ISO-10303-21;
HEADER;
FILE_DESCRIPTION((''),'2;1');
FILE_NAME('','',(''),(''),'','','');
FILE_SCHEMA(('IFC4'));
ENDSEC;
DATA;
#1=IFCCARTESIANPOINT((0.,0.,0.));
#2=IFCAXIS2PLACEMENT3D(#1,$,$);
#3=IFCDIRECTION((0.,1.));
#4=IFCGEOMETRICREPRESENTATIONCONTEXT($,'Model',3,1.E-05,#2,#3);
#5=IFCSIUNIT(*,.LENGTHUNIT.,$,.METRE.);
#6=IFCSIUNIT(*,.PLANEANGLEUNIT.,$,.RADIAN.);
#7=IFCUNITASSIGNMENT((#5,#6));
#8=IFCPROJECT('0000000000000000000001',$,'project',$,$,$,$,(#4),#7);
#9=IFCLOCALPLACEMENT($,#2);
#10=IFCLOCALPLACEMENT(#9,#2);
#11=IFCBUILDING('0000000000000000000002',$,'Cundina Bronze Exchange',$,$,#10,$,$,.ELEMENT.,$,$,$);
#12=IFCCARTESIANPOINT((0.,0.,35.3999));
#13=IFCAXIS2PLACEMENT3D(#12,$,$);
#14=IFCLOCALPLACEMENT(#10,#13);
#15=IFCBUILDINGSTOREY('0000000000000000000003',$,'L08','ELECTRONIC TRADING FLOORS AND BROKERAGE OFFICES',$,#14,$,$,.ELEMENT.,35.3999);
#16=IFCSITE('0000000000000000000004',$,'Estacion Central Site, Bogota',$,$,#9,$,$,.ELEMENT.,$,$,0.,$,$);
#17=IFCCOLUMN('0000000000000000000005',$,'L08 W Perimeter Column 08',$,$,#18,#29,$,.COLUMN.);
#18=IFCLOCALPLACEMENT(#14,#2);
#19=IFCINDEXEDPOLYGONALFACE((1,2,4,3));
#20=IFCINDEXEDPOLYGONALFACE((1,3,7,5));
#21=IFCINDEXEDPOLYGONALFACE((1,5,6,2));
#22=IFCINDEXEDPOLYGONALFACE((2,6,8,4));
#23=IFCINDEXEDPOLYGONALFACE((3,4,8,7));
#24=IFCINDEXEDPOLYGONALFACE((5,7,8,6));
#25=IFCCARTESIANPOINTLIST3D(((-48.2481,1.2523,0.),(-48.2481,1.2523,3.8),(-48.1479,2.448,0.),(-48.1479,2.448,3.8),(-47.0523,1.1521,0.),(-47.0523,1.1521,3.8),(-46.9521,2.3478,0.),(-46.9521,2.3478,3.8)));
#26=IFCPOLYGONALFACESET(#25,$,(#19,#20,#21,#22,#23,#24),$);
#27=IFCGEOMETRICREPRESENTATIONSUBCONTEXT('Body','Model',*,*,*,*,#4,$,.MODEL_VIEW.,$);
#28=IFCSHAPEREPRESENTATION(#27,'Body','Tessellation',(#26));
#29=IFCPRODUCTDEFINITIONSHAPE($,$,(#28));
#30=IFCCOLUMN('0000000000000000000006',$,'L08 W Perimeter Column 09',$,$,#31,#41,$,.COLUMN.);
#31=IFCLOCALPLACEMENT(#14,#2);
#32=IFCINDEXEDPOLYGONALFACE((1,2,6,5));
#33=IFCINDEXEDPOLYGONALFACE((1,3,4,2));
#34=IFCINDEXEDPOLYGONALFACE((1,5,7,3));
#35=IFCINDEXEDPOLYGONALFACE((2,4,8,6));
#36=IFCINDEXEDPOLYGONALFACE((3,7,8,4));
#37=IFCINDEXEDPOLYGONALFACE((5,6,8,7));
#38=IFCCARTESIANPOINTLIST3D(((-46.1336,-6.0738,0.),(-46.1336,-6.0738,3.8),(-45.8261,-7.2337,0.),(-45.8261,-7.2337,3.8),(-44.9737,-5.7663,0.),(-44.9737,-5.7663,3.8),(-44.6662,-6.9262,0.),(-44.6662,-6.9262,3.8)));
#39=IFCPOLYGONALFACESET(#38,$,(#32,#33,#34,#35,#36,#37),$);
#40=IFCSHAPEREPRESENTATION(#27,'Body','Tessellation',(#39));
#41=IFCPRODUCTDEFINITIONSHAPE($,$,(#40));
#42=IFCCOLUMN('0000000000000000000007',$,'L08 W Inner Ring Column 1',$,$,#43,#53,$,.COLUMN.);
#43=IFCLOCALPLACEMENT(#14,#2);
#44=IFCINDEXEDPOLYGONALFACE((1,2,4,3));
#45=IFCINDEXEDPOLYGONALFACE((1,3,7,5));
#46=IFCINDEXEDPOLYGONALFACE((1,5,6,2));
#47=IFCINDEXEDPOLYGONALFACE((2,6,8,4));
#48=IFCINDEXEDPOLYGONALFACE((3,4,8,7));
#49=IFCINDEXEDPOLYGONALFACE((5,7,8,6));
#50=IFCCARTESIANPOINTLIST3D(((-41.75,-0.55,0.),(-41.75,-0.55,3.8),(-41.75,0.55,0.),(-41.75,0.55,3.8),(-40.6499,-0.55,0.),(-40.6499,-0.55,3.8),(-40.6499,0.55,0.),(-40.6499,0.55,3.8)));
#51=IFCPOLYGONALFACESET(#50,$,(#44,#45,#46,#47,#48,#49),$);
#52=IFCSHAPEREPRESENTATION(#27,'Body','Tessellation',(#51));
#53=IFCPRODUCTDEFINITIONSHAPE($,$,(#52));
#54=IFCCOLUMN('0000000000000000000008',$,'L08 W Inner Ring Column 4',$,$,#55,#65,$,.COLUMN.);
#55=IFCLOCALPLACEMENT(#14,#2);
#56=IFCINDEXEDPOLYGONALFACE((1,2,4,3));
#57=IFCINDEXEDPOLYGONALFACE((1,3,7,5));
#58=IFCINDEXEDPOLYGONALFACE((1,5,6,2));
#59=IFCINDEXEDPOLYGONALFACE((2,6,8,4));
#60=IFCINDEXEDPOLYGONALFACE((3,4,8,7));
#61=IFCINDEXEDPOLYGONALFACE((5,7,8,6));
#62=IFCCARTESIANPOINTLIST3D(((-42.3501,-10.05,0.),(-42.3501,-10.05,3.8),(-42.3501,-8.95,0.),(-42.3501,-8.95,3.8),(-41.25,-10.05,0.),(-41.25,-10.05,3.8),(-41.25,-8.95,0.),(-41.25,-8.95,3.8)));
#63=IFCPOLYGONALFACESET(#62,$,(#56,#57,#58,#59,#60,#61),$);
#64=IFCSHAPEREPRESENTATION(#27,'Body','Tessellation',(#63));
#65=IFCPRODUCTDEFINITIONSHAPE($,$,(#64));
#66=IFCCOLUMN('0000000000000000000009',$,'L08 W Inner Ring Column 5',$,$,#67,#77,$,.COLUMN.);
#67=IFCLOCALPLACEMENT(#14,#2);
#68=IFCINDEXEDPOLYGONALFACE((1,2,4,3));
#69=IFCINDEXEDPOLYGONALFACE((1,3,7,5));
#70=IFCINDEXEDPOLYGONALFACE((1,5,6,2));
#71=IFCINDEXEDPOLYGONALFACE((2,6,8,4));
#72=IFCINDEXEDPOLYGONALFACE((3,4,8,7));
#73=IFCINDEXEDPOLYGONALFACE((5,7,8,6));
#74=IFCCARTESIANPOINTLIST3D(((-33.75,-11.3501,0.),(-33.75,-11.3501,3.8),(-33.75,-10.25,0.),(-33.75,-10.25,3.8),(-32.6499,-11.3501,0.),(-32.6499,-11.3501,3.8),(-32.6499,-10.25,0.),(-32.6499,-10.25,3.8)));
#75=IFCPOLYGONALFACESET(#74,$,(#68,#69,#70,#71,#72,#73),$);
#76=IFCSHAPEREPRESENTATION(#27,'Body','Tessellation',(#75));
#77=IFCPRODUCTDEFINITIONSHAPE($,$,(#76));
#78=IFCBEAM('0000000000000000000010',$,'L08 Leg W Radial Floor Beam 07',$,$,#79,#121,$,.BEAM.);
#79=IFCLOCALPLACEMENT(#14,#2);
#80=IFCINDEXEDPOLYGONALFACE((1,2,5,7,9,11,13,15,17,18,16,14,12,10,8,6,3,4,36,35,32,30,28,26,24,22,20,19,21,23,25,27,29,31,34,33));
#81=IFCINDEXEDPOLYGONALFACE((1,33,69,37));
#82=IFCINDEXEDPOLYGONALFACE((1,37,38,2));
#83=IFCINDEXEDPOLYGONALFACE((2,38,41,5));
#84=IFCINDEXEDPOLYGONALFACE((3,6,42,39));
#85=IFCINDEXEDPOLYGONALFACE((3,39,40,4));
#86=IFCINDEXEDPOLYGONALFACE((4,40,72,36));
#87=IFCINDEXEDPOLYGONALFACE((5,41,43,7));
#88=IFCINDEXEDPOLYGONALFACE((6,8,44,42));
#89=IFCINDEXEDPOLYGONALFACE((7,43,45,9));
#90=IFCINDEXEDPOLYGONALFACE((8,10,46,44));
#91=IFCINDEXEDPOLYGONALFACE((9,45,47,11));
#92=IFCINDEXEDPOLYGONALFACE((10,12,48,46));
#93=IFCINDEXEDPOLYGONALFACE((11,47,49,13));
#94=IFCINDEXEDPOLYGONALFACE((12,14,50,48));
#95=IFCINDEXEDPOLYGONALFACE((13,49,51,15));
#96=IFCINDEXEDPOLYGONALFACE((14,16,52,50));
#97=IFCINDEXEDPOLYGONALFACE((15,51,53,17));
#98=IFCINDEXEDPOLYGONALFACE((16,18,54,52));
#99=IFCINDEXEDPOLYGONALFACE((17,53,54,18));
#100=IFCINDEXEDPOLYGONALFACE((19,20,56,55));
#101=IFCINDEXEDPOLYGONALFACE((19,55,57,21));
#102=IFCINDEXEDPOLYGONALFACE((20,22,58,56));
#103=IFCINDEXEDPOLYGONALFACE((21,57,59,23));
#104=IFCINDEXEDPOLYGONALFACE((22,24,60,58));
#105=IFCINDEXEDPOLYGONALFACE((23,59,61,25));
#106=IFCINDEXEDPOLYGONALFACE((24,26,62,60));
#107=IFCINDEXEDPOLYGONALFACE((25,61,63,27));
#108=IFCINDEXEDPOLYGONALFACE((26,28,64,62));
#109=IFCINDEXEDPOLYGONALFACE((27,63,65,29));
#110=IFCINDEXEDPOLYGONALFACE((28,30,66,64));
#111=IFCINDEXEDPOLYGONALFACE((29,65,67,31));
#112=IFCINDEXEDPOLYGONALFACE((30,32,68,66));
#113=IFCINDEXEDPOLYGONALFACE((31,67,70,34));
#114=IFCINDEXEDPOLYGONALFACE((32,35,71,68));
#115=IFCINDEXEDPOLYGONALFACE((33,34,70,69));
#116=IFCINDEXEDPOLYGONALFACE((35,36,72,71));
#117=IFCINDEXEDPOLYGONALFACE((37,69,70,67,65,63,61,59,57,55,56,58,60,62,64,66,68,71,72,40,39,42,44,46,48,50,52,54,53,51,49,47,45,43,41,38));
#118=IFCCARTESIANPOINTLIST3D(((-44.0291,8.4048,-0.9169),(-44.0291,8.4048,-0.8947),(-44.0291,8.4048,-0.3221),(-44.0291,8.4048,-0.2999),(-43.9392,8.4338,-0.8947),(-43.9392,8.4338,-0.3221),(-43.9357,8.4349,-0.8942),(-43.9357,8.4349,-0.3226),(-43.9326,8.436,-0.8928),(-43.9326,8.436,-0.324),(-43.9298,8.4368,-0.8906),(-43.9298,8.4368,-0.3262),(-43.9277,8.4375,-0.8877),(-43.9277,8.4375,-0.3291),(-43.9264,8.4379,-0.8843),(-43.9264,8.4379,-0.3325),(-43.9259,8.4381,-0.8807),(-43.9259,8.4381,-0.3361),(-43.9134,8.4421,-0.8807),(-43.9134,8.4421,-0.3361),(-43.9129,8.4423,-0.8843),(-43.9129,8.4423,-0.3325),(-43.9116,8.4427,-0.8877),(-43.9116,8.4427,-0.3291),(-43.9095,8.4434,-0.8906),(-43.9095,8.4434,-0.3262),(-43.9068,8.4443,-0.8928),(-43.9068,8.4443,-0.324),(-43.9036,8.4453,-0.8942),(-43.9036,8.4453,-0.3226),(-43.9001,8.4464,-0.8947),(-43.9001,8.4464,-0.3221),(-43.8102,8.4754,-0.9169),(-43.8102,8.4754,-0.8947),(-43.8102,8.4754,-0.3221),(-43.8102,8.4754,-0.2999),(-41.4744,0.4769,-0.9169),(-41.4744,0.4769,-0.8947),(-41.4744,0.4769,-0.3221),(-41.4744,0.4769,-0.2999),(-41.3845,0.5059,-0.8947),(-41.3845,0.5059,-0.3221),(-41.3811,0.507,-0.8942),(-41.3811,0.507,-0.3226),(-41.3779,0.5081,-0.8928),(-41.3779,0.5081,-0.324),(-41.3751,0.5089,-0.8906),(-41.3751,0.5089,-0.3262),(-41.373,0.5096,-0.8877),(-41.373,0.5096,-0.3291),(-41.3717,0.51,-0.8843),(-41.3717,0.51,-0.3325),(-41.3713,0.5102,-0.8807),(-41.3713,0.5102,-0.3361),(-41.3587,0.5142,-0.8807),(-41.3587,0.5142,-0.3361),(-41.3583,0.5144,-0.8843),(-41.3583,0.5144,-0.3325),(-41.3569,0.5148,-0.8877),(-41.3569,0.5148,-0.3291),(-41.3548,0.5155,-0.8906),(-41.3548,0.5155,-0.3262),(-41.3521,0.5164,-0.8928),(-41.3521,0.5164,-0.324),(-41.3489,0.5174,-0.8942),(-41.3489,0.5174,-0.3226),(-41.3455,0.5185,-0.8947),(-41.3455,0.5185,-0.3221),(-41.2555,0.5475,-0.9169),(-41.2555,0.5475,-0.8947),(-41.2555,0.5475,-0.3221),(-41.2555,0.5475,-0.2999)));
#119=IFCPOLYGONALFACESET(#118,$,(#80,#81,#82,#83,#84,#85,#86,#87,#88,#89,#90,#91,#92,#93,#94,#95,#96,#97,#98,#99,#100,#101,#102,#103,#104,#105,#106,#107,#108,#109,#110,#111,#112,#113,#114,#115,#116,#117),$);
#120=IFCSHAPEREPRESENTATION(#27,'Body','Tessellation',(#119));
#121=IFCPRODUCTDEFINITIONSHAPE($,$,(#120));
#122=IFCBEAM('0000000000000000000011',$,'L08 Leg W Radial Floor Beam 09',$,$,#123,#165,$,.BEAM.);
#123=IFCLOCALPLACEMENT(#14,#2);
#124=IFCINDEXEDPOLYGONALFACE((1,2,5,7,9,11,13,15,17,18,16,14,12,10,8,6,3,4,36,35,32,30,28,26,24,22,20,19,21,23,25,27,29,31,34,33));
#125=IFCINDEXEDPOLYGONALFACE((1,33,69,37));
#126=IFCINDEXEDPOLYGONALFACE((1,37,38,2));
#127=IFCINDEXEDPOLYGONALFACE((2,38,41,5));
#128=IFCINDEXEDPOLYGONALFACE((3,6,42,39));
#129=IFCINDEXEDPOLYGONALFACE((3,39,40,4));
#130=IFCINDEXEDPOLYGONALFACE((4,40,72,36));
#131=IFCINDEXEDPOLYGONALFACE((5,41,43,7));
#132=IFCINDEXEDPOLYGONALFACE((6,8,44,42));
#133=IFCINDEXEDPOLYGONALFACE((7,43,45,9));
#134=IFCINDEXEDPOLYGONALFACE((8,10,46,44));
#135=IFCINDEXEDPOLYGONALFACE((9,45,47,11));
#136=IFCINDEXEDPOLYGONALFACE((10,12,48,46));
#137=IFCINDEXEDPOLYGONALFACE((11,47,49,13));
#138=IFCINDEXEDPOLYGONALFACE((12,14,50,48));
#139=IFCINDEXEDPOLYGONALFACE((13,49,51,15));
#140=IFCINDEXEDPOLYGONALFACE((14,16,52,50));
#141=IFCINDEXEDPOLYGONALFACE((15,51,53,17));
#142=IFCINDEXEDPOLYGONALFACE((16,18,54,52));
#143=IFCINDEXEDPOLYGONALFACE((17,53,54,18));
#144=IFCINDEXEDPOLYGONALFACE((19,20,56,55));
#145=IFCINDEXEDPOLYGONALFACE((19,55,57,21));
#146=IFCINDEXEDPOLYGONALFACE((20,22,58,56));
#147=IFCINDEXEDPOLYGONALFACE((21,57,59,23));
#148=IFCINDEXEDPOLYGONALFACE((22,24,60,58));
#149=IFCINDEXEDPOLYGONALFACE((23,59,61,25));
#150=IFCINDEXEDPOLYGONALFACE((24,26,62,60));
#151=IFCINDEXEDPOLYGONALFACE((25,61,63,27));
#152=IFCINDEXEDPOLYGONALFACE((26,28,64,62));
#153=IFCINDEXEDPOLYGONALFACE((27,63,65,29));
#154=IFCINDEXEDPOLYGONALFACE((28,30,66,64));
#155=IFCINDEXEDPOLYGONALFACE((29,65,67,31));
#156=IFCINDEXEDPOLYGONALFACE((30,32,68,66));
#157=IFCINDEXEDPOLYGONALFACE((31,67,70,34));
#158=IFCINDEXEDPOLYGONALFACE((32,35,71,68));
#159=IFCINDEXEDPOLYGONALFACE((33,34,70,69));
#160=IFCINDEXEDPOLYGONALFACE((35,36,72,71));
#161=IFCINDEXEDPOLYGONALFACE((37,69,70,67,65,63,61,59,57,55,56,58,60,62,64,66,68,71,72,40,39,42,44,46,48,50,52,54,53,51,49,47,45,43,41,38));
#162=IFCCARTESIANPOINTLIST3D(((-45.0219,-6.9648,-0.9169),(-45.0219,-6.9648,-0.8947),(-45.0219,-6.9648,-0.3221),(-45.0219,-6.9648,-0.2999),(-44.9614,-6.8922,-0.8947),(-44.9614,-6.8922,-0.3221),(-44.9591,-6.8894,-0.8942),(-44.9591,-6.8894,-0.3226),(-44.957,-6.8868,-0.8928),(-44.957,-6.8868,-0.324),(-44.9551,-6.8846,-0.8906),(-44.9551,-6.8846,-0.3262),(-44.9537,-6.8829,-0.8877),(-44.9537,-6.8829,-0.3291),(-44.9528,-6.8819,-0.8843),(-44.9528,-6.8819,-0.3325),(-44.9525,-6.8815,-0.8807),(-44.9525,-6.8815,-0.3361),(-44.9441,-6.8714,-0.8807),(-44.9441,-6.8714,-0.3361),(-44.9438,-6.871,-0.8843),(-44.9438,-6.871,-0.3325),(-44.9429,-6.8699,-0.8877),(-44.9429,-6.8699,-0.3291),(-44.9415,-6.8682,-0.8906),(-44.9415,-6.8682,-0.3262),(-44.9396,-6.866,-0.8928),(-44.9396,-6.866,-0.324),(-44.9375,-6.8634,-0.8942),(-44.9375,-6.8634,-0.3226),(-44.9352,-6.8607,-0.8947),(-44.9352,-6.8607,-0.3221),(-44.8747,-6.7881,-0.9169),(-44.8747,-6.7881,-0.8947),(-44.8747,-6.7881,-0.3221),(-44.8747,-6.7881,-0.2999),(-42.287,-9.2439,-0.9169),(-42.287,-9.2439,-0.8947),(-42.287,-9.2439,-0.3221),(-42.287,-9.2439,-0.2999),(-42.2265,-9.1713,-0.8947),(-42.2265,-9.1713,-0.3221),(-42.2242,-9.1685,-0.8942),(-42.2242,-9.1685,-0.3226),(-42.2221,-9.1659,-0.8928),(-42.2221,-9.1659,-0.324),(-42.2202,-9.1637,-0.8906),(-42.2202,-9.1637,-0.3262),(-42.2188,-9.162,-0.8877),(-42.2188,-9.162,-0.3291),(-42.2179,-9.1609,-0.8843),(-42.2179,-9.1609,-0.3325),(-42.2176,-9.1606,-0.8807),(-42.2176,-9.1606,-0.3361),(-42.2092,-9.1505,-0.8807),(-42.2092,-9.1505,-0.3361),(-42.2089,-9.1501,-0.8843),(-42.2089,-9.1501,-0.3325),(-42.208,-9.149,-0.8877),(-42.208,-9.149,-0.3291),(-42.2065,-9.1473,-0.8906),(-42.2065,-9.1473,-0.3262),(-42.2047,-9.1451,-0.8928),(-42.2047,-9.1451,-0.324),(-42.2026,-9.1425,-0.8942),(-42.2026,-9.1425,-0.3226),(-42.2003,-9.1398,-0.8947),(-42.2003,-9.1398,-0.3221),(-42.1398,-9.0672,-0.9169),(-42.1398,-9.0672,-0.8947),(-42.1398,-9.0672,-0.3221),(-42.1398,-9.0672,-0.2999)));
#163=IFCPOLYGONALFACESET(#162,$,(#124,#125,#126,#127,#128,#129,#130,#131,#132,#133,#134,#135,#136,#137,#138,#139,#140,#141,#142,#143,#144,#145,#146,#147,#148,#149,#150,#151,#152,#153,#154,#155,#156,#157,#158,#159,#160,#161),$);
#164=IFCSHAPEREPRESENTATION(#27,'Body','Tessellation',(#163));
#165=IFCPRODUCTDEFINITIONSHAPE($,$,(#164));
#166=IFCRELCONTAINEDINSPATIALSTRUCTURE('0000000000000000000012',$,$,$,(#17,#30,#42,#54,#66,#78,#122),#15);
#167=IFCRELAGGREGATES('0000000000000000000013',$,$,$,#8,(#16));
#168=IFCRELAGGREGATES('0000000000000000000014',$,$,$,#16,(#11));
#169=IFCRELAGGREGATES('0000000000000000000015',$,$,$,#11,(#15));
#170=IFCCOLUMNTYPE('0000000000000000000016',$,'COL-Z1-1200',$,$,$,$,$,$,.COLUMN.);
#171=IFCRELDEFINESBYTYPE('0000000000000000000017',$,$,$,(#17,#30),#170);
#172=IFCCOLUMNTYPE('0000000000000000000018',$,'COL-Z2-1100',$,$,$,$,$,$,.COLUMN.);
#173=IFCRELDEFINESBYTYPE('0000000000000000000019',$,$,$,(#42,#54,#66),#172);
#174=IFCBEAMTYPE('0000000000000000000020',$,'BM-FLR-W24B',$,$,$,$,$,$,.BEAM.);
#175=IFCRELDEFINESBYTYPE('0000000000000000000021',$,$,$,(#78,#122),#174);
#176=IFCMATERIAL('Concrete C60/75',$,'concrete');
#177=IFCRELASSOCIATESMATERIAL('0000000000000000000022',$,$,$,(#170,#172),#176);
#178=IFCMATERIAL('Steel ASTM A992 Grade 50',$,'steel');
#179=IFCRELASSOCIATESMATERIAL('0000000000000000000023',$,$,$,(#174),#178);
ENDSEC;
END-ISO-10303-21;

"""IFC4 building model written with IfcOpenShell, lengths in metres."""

from ifc_helpers import new_model, si_unit, direction, frame, origin, origin_2d, place, context, subcontext, project, spatial, rectangle, i_section, extrude, material, material_profile, profile_set, type_object, element, save


model = new_model("IFC4")

# Units and contexts
model_context = context("Model", 3, precision=1e-05, world=origin(), true_north=direction((0.0, 1.0)))
body_context = subcontext(model_context, "Body", "Model", "MODEL_VIEW")
ifc_project = project(units=[si_unit("LENGTHUNIT", "METRE"), si_unit("PLANEANGLEUNIT", "RADIAN")], contexts=[model_context])

# Site, building, storey
site_placement = place(None, origin())
site = spatial("IfcSite", under=ifc_project, at=site_placement, Name="Estacion Central Site, Bogota", CompositionType="ELEMENT", RefElevation=0.0)
building_placement = place(site_placement, origin())
building = spatial("IfcBuilding", under=site, at=building_placement, Name="Cundina Bronze Exchange", CompositionType="ELEMENT")
storey_placement = place(building_placement, frame((0.0, 0.0, 35.3999)))
storey = spatial("IfcBuildingStorey", under=building, at=storey_placement, Name="L08", Description="ELECTRONIC TRADING FLOORS AND BROKERAGE OFFICES", CompositionType="ELEMENT", Elevation=35.3999)

# Columns
ifc_material_1 = material(Name="Concrete C60/75", Category="concrete")
ifc_material_profile_1 = material_profile(ifc_material_1, rectangle(XDim=1.2, YDim=1.2, at=origin_2d()), Name="RC1200X1200", Category="concrete")
ifc_profile_set_1 = profile_set([ifc_material_profile_1], Name="Concrete C60/75")
column_type_1 = type_object("IfcColumnType", Name="COL-Z1-1200", PredefinedType="COLUMN", material=ifc_profile_set_1)
for number, where, z_axis, x_axis, name in (
    (1, (-47.6001, 1.8, 0.0), (0.0, 0.0, 1.0), (-0.083504, -0.996507, 0.0), "L08 W Perimeter Column 08"),
    (2, (-45.3999, -6.5, 0.0), (0.0, 0.0, 1.0), (0.256289, -0.9666, 0.0), "L08 W Perimeter Column 09"),
):
    element("IfcColumn", number, at=place(storey_placement, frame(where, z_axis=z_axis, x_axis=x_axis)), inside=storey, type_object=column_type_1, Name=name, PredefinedType="COLUMN", context=body_context, shape_type="SweptSolid", body=[
        extrude(rectangle(XDim=1.2, YDim=1.2, at=origin_2d()), origin(), (0.0, 0.0, 1.0), 3.8),
    ])
ifc_material_profile_2 = material_profile(ifc_material_1, rectangle(XDim=1.1001, YDim=1.1001, at=origin_2d()), Name="RC1100X1100", Category="concrete")
ifc_profile_set_2 = profile_set([ifc_material_profile_2], Name="Concrete C60/75")
column_type_2 = type_object("IfcColumnType", Name="COL-Z2-1100", PredefinedType="COLUMN", material=ifc_profile_set_2)
for number, where, z_axis, x_axis, name in (
    (3, (-41.2, 0.0, 0.0), (0.0, 0.0, 1.0), (1.0, 0.0, 0.0), "L08 W Inner Ring Column 1"),
    (4, (-41.8, -9.5, 0.0), (0.0, 0.0, 1.0), (1.0, 0.0, 0.0), "L08 W Inner Ring Column 4"),
    (5, (-33.2, -10.8, 0.0), (0.0, 0.0, 1.0), (1.0, 0.0, 0.0), "L08 W Inner Ring Column 5"),
):
    element("IfcColumn", number, at=place(storey_placement, frame(where, z_axis=z_axis, x_axis=x_axis)), inside=storey, type_object=column_type_2, Name=name, PredefinedType="COLUMN", context=body_context, shape_type="SweptSolid", body=[
        extrude(rectangle(XDim=1.1001, YDim=1.1001, at=origin_2d()), origin(), (0.0, 0.0, 1.0), 3.8),
    ])

# Beams
ifc_material_2 = material(Name="Steel ASTM A992 Grade 50", Category="steel")
ifc_material_profile_3 = material_profile(ifc_material_2, i_section(OverallWidth=0.23, OverallDepth=0.6169, WebThickness=0.0132, FlangeThickness=0.0222, FilletRadius=0.0139, at=origin_2d()), Name="W24X94", Category="steel")
ifc_profile_set_3 = profile_set([ifc_material_profile_3], Name="Steel ASTM A992 Grade 50")
beam_type_1 = type_object("IfcBeamType", Name="BM-FLR-W24B", PredefinedType="BEAM", material=ifc_profile_set_3)
beam_1_placement = place(storey_placement, frame((-41.365, 0.5122, -0.6084), z_axis=(-0.306706, 0.951804, 0.0), x_axis=(-0.951804, -0.306706, 0.0)))
element("IfcBeam", 6, at=beam_1_placement, inside=storey, type_object=beam_type_1, Name="L08 Leg W Radial Floor Beam 07", PredefinedType="BEAM", context=body_context, shape_type="SweptSolid", body=[
    extrude(i_section(OverallWidth=0.23, OverallDepth=0.6169, WebThickness=0.0132, FlangeThickness=0.0222, FilletRadius=0.0139, at=origin_2d()), origin(), (0.0, 0.0, 1.0), 8.3293),
])
beam_2_placement = place(storey_placement, frame((-42.2134, -9.1555, -0.6084), z_axis=(-0.768221, 0.640184, 0.0), x_axis=(-0.640184, -0.768221, 0.0)))
element("IfcBeam", 7, at=beam_2_placement, inside=storey, type_object=beam_type_1, Name="L08 Leg W Radial Floor Beam 09", PredefinedType="BEAM", context=body_context, shape_type="SweptSolid", body=[
    extrude(i_section(OverallWidth=0.23, OverallDepth=0.6169, WebThickness=0.0132, FlangeThickness=0.0222, FilletRadius=0.0139, at=origin_2d()), origin(), (0.0, 0.0, 1.0), 3.5601),
])

save(model, "model.ifc")
